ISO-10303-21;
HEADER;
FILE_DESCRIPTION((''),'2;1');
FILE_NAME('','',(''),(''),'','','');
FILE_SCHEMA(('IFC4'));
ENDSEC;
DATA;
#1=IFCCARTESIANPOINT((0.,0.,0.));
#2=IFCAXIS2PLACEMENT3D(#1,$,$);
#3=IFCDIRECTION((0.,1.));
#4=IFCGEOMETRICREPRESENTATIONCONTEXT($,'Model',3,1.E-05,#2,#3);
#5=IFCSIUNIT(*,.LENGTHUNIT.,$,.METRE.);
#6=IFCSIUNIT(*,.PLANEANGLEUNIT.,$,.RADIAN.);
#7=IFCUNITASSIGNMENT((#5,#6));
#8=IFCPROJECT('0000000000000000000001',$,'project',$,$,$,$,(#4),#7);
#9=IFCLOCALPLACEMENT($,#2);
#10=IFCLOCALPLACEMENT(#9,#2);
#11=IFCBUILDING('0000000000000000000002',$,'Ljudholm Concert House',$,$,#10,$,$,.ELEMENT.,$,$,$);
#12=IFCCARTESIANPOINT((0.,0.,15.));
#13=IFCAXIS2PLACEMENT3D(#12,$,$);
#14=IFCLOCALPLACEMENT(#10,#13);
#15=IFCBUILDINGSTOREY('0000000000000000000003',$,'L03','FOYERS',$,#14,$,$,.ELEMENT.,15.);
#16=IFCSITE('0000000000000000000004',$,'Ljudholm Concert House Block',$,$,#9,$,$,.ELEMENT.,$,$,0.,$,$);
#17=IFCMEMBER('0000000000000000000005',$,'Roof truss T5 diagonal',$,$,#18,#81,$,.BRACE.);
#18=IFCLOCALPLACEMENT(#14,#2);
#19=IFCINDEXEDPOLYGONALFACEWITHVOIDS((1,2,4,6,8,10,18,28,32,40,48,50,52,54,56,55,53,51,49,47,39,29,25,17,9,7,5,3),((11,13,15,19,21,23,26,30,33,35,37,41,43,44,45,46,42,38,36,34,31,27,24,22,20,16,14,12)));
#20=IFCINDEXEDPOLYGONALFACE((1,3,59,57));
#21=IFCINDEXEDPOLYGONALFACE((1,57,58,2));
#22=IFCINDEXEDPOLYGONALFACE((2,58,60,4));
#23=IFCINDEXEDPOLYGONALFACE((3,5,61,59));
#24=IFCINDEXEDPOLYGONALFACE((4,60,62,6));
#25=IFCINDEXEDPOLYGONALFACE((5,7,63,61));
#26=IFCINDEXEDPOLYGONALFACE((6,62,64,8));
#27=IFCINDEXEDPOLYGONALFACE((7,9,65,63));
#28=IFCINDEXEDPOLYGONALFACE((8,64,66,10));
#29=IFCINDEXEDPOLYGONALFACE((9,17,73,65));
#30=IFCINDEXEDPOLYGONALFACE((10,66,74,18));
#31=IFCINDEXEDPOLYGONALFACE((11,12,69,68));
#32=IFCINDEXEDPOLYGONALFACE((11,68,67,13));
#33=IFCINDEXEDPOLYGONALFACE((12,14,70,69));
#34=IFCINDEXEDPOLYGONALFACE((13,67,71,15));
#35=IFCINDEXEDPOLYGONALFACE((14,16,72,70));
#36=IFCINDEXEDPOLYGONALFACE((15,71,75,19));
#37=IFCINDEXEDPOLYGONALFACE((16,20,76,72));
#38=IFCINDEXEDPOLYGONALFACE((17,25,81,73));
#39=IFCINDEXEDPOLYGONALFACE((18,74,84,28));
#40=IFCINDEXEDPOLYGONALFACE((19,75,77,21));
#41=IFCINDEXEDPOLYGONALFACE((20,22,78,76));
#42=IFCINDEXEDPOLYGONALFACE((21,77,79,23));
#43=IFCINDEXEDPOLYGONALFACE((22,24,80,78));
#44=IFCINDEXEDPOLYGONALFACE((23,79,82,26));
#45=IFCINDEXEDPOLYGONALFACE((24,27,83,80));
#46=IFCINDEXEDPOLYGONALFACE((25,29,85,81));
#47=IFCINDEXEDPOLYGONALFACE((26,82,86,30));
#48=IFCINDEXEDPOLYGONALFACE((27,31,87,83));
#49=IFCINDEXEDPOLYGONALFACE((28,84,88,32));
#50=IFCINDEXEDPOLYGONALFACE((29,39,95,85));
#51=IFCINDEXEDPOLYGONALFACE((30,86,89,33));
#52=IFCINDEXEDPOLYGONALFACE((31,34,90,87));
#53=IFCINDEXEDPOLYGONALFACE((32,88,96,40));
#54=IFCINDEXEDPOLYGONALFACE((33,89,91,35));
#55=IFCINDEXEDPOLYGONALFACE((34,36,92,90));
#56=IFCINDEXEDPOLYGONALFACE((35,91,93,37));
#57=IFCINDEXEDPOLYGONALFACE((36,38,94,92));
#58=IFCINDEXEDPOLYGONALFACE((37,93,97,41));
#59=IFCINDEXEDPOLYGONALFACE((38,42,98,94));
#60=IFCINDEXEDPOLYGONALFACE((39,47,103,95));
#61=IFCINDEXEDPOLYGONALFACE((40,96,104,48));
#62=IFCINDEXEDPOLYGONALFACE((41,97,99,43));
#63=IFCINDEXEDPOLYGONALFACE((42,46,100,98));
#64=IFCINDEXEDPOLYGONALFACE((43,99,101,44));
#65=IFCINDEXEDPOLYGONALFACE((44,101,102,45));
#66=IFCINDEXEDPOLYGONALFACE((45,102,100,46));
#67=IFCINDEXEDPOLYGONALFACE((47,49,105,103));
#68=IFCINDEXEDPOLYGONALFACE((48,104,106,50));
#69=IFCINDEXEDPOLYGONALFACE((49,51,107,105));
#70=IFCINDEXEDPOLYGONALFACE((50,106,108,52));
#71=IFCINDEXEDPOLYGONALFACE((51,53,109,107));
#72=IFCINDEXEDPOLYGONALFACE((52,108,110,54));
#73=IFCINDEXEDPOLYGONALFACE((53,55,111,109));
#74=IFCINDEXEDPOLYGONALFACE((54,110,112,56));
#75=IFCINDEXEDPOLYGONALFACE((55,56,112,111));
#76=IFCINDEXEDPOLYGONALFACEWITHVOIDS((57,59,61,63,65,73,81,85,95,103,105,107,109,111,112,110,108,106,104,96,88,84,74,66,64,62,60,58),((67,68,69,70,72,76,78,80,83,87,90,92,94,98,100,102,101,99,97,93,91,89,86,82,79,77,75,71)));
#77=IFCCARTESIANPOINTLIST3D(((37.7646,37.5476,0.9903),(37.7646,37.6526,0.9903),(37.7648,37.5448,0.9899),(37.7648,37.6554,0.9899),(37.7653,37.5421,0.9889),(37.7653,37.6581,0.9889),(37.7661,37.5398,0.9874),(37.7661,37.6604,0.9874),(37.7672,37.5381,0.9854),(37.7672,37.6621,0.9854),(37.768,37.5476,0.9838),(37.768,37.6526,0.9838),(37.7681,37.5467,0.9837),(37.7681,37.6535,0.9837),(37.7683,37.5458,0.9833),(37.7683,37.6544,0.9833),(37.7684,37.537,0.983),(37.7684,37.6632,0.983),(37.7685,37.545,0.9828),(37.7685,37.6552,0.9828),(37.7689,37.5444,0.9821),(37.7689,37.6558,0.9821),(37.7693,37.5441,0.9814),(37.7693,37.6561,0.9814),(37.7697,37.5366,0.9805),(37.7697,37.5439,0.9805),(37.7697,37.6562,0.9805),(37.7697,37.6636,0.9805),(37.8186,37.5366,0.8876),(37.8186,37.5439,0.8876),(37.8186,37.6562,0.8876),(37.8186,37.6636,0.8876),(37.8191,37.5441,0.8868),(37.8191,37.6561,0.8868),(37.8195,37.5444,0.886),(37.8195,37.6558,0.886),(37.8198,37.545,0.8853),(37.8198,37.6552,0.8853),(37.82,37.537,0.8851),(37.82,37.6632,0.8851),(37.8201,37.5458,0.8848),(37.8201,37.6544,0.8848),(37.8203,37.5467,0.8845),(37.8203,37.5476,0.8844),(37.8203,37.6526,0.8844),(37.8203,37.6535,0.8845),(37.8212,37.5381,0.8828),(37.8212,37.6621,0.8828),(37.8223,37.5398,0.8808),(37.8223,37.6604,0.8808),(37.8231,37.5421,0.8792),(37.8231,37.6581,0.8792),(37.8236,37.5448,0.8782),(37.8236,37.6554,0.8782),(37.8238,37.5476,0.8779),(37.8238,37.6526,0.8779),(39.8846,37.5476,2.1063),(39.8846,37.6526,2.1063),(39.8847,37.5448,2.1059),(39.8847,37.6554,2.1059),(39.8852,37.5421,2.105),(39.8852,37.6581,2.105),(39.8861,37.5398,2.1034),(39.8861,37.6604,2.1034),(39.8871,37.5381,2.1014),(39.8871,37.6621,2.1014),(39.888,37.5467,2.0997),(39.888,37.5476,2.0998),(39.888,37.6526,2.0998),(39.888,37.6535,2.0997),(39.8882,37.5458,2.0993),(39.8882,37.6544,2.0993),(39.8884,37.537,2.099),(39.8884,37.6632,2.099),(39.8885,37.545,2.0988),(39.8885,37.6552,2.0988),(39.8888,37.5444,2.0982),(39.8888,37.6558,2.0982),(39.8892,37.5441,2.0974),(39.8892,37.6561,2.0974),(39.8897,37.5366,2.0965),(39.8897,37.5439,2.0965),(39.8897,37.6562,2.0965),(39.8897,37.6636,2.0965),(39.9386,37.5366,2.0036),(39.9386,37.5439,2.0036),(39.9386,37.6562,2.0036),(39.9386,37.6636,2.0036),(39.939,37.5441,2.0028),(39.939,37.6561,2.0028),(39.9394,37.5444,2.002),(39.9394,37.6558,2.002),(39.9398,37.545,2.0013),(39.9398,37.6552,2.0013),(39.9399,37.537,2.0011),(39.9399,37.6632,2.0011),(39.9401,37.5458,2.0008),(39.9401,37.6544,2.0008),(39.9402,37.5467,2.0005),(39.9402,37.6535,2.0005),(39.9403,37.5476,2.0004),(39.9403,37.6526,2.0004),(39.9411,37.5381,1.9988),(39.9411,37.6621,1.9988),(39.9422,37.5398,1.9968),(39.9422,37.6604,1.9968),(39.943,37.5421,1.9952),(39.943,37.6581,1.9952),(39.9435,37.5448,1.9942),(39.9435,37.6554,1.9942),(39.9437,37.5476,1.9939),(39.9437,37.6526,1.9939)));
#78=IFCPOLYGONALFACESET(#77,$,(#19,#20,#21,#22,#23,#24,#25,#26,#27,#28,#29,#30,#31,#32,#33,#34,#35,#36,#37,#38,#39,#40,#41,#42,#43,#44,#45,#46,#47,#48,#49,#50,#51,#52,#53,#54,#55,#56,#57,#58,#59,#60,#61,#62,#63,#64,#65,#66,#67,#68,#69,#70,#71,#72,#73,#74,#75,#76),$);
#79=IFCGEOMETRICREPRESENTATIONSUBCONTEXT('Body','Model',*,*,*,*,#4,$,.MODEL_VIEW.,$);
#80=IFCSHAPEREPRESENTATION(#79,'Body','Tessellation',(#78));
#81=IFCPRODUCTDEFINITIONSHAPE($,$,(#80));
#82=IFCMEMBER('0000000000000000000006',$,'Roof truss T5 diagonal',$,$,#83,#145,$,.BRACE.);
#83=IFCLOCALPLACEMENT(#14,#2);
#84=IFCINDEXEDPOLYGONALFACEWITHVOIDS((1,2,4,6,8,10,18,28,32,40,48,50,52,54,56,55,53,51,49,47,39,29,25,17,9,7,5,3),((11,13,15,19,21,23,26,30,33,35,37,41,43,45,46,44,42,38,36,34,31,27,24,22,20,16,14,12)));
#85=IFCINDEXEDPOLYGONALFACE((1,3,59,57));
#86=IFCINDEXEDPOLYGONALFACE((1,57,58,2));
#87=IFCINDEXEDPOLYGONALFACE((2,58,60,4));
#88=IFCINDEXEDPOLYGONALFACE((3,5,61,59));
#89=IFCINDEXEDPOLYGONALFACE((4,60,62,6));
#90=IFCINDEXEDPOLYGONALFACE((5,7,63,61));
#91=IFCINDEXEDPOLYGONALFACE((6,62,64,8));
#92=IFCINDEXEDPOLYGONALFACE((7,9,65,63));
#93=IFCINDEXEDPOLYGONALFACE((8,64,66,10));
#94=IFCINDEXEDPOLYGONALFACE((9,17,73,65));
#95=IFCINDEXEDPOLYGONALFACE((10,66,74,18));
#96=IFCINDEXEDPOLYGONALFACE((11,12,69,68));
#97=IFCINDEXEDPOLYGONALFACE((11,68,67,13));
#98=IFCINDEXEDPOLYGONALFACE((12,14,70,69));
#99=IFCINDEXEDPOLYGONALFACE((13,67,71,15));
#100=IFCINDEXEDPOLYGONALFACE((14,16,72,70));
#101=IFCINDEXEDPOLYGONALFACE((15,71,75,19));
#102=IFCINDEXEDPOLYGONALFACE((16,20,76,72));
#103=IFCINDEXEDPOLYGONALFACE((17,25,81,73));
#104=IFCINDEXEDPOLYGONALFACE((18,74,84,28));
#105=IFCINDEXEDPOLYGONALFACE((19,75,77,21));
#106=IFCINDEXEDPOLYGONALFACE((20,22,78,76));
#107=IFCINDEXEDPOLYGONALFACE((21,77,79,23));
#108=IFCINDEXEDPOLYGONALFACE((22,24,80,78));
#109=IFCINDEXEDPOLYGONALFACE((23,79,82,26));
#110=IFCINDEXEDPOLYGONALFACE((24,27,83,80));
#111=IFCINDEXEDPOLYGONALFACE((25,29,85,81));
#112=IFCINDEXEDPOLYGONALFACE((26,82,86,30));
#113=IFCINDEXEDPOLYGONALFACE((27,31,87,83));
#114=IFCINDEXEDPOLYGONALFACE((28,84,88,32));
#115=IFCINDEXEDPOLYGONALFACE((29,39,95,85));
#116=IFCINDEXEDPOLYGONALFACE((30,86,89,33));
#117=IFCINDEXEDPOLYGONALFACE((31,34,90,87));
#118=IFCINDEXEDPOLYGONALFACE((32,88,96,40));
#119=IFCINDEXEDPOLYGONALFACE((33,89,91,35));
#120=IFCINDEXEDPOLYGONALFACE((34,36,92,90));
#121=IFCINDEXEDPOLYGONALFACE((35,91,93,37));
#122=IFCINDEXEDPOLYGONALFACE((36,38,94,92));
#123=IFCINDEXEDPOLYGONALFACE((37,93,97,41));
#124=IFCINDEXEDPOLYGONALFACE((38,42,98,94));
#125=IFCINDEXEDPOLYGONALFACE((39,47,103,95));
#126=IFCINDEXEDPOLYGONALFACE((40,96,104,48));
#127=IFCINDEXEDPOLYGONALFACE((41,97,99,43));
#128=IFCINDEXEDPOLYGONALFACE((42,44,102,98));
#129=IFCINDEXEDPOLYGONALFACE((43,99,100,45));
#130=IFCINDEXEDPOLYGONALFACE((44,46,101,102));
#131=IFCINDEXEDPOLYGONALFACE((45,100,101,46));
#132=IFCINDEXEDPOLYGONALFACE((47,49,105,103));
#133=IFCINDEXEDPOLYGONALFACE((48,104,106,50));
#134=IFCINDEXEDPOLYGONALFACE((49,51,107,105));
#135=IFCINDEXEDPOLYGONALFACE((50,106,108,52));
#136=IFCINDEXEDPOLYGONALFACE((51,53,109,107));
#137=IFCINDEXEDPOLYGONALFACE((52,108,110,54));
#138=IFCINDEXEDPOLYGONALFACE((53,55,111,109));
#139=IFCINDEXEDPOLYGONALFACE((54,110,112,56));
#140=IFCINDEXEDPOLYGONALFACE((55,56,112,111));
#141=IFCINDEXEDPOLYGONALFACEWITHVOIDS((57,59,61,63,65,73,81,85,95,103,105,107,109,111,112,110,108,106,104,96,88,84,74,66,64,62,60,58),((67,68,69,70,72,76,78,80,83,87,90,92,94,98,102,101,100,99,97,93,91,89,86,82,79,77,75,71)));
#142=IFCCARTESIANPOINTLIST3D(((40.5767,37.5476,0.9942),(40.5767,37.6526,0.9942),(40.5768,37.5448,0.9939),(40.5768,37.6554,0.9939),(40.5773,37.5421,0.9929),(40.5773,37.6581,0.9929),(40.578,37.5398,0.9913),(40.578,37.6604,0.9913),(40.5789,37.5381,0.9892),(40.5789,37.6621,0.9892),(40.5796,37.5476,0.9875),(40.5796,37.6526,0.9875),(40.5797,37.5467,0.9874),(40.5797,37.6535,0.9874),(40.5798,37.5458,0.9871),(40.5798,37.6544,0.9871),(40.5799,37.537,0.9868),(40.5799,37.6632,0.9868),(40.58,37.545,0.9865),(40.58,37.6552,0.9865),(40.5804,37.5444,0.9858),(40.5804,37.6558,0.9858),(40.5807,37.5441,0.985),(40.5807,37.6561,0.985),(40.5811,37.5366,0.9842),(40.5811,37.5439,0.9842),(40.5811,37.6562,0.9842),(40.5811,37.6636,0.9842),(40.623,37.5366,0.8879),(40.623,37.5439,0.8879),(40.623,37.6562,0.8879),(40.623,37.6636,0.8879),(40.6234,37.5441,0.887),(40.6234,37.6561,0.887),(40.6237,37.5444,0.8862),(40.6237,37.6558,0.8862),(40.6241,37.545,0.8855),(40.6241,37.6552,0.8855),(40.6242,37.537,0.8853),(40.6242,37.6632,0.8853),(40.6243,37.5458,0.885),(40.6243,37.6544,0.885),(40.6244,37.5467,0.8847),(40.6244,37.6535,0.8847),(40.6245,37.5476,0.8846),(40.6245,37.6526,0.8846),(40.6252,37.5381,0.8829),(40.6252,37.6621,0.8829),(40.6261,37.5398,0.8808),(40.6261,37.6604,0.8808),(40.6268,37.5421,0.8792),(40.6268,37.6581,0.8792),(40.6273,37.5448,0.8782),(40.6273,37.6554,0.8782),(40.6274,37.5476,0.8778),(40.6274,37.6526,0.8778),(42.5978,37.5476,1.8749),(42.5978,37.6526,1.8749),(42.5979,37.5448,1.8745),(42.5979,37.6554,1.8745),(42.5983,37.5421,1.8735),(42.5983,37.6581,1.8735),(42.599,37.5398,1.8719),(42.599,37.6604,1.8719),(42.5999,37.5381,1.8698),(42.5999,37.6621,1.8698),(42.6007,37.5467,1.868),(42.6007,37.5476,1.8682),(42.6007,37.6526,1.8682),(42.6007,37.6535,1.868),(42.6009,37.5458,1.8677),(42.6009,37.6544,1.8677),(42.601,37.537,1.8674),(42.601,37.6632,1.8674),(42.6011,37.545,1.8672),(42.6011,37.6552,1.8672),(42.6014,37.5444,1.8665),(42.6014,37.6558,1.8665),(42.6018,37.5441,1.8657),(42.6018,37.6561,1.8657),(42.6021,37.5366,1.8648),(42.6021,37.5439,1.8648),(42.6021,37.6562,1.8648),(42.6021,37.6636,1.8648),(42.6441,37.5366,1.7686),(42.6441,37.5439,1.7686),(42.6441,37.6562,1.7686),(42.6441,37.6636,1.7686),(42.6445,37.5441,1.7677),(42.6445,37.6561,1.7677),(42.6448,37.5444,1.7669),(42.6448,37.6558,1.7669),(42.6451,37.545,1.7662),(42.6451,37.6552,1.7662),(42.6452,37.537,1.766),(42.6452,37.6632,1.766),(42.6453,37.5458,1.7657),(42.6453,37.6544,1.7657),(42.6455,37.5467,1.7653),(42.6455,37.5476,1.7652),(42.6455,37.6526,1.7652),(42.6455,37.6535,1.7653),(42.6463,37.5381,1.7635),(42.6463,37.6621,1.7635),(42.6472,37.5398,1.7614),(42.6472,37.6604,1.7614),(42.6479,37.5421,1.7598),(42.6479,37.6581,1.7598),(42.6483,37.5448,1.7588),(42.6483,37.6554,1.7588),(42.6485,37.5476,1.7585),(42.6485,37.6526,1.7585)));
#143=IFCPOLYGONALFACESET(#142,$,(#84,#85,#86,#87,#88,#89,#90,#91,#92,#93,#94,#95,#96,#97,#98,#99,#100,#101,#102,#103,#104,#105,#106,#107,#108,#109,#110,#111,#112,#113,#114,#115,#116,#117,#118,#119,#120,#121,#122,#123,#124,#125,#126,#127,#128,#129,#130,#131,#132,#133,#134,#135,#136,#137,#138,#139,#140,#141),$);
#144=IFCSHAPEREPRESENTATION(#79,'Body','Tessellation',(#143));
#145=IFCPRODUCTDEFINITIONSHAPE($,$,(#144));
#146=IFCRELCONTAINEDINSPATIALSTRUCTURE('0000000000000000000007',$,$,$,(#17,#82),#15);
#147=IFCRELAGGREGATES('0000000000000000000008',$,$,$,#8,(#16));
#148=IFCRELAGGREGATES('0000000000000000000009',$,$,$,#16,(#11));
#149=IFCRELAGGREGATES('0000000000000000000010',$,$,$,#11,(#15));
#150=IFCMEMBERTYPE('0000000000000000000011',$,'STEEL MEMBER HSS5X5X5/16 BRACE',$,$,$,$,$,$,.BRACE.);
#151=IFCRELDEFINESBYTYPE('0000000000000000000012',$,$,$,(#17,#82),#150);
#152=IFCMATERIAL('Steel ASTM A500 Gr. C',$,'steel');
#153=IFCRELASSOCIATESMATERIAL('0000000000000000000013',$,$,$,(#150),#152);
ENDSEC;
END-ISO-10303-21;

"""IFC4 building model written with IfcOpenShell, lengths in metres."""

from ifc_helpers import new_model, si_unit, direction, frame, origin, origin_2d, place, context, subcontext, project, spatial, hollow_rectangle, extrude, material, material_profile, profile_set, type_object, element, save


model = new_model("IFC4")

# Units and contexts
model_context = context("Model", 3, precision=1e-05, world=origin(), true_north=direction((0.0, 1.0)))
body_context = subcontext(model_context, "Body", "Model", "MODEL_VIEW")
ifc_project = project(units=[si_unit("LENGTHUNIT", "METRE"), si_unit("PLANEANGLEUNIT", "RADIAN")], contexts=[model_context])

# Site, building, storey
site_placement = place(None, origin())
site = spatial("IfcSite", under=ifc_project, at=site_placement, Name="Ljudholm Concert House Block", CompositionType="ELEMENT", RefElevation=0.0)
building_placement = place(site_placement, origin())
building = spatial("IfcBuilding", under=site, at=building_placement, Name="Ljudholm Concert House", CompositionType="ELEMENT")
storey_placement = place(building_placement, frame((0.0, 0.0, 15.0)))
storey = spatial("IfcBuildingStorey", under=building, at=storey_placement, Name="L03", Description="FOYERS", CompositionType="ELEMENT", Elevation=15.0)

# Members
ifc_material_1 = material(Name="Steel ASTM A500 Gr. C", Category="steel")
ifc_material_profile_1 = material_profile(ifc_material_1, hollow_rectangle(XDim=0.127, YDim=0.127, WallThickness=0.0073, InnerFilletRadius=0.0037, OuterFilletRadius=0.011, at=origin_2d()), Name="HSS5X5X5/16")
ifc_profile_set_1 = profile_set([ifc_material_profile_1], Name="Steel ASTM A500 Gr. C")
member_type_1 = type_object("IfcMemberType", Name="STEEL MEMBER HSS5X5X5/16 BRACE", PredefinedType="BRACE", material=ifc_profile_set_1)
member_1_placement = place(storey_placement, frame((37.7942, 37.6001, 0.9341), z_axis=(0.884876, 0.0, 0.465826), x_axis=(0.0, 1.0, 0.0)))
element("IfcMember", 1, at=member_1_placement, inside=storey, type_object=member_type_1, Name="Roof truss T5 diagonal", PredefinedType="BRACE", context=body_context, shape_type="SweptSolid", body=[
    extrude(hollow_rectangle(XDim=0.127, YDim=0.127, WallThickness=0.0073, InnerFilletRadius=0.0037, OuterFilletRadius=0.011, at=origin_2d()), origin(), (0.0, 0.0, 1.0), 2.3958),
])
member_2_placement = place(storey_placement, frame((40.6021, 37.6001, 0.936), z_axis=(0.916751, 0.0, 0.399459), x_axis=(0.0, 1.0, 0.0)))
element("IfcMember", 2, at=member_2_placement, inside=storey, type_object=member_type_1, Name="Roof truss T5 diagonal", PredefinedType="BRACE", context=body_context, shape_type="SweptSolid", body=[
    extrude(hollow_rectangle(XDim=0.127, YDim=0.127, WallThickness=0.0073, InnerFilletRadius=0.0037, OuterFilletRadius=0.011, at=origin_2d()), origin(), (0.0, 0.0, 1.0), 2.2046),
])

save(model, "model.ifc")
